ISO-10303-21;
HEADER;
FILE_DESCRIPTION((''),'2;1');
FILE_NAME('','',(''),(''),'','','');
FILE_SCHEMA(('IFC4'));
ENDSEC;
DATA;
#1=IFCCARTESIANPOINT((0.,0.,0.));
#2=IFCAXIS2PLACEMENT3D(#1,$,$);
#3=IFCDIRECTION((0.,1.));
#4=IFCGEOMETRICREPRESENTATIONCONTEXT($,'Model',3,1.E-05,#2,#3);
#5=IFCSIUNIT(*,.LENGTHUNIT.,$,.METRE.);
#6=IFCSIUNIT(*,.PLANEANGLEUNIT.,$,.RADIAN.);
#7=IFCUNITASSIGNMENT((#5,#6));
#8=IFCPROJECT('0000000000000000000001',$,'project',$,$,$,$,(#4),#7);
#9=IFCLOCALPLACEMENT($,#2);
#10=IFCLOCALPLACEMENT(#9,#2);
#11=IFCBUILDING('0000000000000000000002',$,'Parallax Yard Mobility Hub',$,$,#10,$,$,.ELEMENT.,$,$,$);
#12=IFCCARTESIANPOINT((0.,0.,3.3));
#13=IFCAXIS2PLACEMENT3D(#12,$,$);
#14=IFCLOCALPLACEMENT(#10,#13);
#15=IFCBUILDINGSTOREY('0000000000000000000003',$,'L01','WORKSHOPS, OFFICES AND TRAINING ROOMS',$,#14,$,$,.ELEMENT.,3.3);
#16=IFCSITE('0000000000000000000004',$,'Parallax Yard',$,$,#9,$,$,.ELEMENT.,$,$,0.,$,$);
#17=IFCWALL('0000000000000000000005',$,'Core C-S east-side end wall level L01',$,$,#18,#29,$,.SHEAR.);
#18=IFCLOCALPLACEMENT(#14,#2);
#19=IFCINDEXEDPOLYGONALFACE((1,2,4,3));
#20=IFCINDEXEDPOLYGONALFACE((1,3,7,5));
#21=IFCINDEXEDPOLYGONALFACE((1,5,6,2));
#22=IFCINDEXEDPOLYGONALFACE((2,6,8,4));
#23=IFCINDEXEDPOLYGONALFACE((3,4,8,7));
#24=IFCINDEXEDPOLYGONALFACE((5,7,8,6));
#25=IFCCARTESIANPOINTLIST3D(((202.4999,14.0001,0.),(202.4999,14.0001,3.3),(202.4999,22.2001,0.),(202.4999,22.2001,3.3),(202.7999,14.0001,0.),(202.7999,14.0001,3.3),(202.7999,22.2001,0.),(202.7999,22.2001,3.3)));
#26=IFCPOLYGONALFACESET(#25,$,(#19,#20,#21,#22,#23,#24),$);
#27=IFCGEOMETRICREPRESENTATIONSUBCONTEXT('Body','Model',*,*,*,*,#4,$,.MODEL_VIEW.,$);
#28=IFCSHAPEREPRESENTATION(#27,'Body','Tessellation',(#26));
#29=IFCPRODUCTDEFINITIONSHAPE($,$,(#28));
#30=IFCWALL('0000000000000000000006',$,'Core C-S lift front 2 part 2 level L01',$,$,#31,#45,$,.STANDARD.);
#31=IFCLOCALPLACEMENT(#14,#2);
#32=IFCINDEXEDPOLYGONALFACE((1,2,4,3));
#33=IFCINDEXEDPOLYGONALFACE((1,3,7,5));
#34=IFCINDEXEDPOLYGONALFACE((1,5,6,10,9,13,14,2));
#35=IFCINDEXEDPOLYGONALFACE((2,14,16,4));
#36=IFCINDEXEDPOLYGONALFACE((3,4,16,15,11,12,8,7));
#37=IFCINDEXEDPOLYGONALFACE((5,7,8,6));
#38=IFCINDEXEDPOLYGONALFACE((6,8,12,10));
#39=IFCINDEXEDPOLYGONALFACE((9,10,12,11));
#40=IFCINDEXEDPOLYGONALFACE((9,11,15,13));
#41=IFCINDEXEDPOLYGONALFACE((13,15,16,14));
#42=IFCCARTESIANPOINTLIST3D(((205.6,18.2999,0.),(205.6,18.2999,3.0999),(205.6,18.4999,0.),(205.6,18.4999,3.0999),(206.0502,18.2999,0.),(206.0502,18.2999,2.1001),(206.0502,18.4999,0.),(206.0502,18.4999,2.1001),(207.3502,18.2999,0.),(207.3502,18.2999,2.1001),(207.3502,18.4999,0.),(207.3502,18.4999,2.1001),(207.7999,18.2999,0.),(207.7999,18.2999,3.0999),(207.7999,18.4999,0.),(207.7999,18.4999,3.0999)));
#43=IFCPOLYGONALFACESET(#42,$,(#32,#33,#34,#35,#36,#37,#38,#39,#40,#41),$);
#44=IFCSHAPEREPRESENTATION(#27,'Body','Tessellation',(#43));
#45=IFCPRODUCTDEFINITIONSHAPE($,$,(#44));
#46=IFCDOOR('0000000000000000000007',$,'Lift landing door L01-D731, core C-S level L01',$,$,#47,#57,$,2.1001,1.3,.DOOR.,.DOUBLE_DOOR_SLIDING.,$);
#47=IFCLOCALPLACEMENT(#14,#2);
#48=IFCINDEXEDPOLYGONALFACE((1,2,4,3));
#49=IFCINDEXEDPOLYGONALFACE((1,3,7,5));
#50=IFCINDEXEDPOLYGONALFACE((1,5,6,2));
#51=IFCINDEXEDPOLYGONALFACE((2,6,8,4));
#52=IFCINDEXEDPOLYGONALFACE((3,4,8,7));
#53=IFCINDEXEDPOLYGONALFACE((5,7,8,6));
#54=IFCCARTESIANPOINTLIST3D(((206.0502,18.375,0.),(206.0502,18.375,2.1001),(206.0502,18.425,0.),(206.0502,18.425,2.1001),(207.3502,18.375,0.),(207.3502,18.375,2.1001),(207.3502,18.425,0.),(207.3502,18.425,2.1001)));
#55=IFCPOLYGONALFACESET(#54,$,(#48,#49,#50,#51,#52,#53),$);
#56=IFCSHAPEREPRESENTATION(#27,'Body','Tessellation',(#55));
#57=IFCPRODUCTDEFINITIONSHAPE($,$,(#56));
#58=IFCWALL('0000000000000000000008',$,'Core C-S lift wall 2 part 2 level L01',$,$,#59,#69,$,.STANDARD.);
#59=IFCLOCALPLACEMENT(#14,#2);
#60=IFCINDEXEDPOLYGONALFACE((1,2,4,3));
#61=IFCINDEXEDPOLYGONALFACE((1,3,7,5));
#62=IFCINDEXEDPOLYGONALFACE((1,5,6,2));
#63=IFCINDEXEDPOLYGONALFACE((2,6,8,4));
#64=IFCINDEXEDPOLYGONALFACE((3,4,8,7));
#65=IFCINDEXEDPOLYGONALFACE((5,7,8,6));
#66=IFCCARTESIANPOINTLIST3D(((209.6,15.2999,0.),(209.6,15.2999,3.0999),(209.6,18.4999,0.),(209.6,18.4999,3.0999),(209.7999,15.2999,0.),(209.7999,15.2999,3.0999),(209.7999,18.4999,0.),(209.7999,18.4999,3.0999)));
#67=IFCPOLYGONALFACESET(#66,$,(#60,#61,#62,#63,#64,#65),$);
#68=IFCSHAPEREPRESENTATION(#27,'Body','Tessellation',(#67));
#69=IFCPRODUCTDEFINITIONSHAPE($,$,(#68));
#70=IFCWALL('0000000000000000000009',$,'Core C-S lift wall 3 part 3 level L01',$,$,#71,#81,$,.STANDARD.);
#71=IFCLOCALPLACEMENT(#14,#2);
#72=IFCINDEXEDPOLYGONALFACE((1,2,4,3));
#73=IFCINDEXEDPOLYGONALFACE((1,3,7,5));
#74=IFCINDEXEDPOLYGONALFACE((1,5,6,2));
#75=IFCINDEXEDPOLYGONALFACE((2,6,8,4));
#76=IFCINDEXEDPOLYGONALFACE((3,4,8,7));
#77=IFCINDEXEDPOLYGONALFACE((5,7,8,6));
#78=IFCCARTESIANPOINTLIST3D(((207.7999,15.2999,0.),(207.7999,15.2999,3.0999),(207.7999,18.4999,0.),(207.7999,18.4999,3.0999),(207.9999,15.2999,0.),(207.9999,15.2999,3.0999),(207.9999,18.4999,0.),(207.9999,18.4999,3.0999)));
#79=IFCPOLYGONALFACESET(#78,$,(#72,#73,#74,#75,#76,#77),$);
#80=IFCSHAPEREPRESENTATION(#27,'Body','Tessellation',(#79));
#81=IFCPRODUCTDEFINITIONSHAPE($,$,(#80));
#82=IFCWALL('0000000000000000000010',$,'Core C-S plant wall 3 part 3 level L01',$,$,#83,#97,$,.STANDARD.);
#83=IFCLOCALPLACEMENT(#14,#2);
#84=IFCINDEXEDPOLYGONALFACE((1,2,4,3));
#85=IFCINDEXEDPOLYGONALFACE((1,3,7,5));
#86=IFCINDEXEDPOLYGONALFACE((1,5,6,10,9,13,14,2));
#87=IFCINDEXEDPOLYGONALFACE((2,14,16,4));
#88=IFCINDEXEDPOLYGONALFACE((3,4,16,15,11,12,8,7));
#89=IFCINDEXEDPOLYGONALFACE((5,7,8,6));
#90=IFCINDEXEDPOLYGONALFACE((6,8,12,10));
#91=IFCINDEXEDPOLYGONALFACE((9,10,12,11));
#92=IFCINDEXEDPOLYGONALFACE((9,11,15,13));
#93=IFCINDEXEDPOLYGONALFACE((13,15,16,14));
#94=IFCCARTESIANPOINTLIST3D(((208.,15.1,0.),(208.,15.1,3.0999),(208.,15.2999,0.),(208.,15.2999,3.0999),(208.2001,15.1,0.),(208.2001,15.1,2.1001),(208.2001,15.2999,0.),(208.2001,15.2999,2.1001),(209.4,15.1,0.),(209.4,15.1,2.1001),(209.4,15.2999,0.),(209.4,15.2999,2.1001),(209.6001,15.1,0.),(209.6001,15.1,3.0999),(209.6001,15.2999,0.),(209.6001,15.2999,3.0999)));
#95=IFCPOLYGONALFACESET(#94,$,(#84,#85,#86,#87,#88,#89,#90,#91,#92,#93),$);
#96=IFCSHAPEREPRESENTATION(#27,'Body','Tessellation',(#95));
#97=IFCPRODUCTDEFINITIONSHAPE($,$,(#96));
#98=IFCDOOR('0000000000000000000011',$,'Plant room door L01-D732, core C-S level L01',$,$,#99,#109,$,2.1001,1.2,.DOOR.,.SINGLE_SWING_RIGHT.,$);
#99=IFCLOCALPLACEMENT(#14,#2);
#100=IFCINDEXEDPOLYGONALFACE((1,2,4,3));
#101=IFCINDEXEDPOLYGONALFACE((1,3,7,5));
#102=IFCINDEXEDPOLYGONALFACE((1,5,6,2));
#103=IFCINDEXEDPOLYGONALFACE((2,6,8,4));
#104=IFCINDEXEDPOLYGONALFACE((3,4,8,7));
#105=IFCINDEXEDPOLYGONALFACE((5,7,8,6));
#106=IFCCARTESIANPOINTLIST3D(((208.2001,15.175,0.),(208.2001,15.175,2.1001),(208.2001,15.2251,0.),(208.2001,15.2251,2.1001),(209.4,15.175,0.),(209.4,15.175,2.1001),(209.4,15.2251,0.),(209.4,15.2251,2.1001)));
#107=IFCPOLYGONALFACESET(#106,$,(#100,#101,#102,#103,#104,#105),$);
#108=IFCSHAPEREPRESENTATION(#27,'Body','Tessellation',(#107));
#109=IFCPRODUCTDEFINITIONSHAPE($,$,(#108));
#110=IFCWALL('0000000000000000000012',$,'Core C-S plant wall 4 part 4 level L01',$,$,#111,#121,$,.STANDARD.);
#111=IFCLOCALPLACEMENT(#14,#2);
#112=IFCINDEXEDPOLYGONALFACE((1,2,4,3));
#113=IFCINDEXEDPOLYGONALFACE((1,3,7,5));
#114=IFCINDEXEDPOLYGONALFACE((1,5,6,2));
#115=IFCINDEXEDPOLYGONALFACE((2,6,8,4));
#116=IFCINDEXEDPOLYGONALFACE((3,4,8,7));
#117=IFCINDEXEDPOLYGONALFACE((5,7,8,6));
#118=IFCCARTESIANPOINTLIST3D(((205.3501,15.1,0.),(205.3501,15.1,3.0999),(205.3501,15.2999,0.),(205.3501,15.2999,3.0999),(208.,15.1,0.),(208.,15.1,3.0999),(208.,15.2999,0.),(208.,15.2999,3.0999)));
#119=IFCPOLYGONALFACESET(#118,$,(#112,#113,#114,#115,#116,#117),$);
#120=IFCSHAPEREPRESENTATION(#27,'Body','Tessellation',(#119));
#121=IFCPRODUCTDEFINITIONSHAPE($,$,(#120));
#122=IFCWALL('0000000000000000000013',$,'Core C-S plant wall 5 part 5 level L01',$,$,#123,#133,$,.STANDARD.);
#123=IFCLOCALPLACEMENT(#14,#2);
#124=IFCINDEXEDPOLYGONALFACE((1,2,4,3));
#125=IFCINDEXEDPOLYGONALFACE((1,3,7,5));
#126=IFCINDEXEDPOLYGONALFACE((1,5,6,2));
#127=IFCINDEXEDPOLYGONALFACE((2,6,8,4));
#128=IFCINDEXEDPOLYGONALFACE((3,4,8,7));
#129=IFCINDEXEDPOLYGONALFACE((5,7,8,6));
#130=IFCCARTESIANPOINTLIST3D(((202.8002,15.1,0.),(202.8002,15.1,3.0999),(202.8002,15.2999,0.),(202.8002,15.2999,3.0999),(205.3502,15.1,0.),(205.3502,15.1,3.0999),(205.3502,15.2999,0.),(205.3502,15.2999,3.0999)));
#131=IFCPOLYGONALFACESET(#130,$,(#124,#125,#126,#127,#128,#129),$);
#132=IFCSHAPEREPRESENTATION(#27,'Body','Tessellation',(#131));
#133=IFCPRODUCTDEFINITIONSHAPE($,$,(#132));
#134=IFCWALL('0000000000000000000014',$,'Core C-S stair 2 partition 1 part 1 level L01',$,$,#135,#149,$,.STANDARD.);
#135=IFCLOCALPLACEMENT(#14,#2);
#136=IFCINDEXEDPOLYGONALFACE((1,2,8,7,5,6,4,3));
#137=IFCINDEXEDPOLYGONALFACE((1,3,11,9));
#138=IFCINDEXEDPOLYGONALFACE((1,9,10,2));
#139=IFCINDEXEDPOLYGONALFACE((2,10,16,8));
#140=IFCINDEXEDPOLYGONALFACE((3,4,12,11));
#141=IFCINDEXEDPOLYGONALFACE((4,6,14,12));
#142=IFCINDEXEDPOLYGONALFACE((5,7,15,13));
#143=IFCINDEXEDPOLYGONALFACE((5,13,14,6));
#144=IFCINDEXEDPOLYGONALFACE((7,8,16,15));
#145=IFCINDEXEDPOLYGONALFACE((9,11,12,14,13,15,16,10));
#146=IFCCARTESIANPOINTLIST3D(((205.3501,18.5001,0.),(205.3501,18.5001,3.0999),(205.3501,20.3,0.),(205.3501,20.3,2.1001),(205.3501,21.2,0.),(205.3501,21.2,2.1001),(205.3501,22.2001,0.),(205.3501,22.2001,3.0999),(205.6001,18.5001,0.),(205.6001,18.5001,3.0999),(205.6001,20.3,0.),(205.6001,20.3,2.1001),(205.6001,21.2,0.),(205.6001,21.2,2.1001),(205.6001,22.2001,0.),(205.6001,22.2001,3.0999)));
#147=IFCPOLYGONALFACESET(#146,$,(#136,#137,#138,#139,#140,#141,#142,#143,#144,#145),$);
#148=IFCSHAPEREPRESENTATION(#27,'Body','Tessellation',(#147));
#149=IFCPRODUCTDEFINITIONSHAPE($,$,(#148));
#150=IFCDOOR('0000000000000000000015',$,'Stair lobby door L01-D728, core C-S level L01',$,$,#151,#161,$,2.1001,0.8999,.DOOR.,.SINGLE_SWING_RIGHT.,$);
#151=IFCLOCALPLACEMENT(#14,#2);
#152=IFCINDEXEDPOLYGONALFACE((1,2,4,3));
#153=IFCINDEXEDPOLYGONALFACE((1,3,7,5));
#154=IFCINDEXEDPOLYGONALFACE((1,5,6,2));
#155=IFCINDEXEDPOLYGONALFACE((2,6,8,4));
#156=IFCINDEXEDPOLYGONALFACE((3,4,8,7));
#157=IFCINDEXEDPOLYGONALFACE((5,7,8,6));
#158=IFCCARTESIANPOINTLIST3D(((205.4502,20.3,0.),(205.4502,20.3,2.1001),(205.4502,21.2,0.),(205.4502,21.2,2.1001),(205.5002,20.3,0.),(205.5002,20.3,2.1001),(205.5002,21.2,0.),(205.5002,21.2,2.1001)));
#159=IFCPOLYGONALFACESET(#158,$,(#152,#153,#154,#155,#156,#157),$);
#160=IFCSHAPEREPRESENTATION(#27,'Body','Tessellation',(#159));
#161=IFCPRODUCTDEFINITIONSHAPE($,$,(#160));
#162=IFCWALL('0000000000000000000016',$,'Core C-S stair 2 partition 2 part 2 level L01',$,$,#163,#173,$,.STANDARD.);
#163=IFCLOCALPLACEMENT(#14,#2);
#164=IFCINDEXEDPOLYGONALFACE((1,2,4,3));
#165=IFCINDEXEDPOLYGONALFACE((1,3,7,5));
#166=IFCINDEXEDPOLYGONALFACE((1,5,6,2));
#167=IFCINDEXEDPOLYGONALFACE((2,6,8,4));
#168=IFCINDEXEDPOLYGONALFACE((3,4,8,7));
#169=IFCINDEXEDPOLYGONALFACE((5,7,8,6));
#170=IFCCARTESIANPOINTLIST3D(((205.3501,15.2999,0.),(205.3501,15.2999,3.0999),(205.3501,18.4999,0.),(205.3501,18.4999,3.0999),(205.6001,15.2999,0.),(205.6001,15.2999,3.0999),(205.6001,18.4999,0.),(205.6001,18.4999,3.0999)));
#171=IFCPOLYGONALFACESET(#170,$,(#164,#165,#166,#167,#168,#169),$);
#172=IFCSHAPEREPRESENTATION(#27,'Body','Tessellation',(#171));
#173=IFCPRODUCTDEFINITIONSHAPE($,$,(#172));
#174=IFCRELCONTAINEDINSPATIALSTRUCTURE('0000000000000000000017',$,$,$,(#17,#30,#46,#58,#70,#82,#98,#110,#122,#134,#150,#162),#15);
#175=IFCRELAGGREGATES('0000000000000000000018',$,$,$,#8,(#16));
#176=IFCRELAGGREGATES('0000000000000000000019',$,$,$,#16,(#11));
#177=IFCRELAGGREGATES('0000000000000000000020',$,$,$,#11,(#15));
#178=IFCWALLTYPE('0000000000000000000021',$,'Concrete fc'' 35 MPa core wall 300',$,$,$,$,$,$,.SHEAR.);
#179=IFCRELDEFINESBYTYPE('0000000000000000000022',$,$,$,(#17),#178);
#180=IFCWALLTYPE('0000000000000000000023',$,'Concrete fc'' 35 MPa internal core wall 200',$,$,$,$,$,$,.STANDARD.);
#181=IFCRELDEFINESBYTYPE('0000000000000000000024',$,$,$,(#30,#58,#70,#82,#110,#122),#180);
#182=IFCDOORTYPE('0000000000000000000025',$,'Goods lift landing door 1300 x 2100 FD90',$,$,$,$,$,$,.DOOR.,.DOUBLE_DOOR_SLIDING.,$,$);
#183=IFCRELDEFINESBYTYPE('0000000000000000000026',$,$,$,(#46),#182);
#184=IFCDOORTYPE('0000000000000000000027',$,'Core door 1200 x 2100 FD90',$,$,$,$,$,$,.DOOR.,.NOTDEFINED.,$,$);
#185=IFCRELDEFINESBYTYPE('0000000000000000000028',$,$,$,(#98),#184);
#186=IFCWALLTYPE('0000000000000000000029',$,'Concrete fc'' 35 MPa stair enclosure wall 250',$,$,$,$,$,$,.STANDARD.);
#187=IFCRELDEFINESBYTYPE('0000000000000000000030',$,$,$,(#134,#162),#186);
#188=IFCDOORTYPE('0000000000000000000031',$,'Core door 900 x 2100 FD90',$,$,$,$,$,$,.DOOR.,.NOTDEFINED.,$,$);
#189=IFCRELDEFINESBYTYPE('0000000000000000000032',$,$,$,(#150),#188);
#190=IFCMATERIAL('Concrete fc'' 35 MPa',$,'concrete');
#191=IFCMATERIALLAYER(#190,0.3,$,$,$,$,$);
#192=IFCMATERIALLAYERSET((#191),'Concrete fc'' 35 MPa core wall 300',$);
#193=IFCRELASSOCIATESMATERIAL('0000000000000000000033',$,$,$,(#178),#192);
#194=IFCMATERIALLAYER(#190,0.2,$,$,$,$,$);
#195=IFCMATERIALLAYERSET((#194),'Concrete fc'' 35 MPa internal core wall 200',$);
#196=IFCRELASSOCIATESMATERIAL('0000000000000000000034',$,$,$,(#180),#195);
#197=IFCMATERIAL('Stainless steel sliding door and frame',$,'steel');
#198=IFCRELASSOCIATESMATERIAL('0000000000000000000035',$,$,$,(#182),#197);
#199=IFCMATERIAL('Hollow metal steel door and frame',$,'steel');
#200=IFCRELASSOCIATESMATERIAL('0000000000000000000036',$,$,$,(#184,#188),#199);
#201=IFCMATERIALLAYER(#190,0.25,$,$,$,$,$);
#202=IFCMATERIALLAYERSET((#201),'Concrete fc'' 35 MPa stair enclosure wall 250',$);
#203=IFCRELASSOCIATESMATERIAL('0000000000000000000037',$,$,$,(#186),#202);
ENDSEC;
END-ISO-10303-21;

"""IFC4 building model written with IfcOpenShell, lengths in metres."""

from ifc_helpers import new_model, si_unit, direction, frame, frame_2d, origin, place, context, subcontext, project, spatial, rectangle, extrude, material, layer, layer_set, type_object, element, fill, save


model = new_model("IFC4")

# Units and contexts
model_context = context("Model", 3, precision=1e-05, world=origin(), true_north=direction((0.0, 1.0)))
body_context = subcontext(model_context, "Body", "Model", "MODEL_VIEW")
ifc_project = project(units=[si_unit("LENGTHUNIT", "METRE"), si_unit("PLANEANGLEUNIT", "RADIAN")], contexts=[model_context])

# Site, building, storey
site_placement = place(None, origin())
site = spatial("IfcSite", under=ifc_project, at=site_placement, Name="Parallax Yard", CompositionType="ELEMENT", RefElevation=0.0)
building_placement = place(site_placement, origin())
building = spatial("IfcBuilding", under=site, at=building_placement, Name="Parallax Yard Mobility Hub", CompositionType="ELEMENT")
storey_placement = place(building_placement, frame((0.0, 0.0, 3.3)))
storey = spatial("IfcBuildingStorey", under=building, at=storey_placement, Name="L01", Description="WORKSHOPS, OFFICES AND TRAINING ROOMS", CompositionType="ELEMENT", Elevation=3.3)

# Wall
ifc_material_1 = material(Name="Concrete fc' 35 MPa", Category="concrete")
ifc_layer_1 = layer(ifc_material_1, 0.3)
ifc_layer_set_1 = layer_set([ifc_layer_1], Name="Concrete fc' 35 MPa core wall 300")
wall_type_1 = type_object("IfcWallType", Name="Concrete fc' 35 MPa core wall 300", PredefinedType="SHEAR", material=ifc_layer_set_1)
wall_1_placement = place(storey_placement, frame((202.6499, 14.0, 0.0), z_axis=(0.0, 0.0, 1.0), x_axis=(0.0, 1.0, 0.0)))
element("IfcWall", 1, at=wall_1_placement, inside=storey, type_object=wall_type_1, Name="Core C-S east-side end wall level L01", PredefinedType="SHEAR", context=body_context, shape_type="SweptSolid", body=[
    extrude(rectangle(XDim=8.2, YDim=0.3, at=frame_2d((4.1001, 0.0))), origin(), (0.0, 0.0, 1.0), 3.3),
])

# Wall, opening, door
ifc_layer_2 = layer(ifc_material_1, 0.2)
ifc_layer_set_2 = layer_set([ifc_layer_2], Name="Concrete fc' 35 MPa internal core wall 200")
wall_type_2 = type_object("IfcWallType", Name="Concrete fc' 35 MPa internal core wall 200", PredefinedType="STANDARD", material=ifc_layer_set_2)
wall_2_placement = place(storey_placement, frame((207.8, 18.3999, 0.0), z_axis=(0.0, 0.0, 1.0), x_axis=(-1.0, 0.0, 0.0)))
wall_2 = element("IfcWall", 2, at=wall_2_placement, inside=storey, type_object=wall_type_2, Name="Core C-S lift front 2 part 2 level L01", PredefinedType="STANDARD", context=body_context, shape_type="SweptSolid", body=[
    extrude(rectangle(XDim=2.2, YDim=0.2, at=frame_2d((1.1001, 0.0))), origin(), (0.0, 0.0, 1.0), 3.0999),
])
opening_1_placement = place(wall_2_placement, frame((0.45, 0.0, 0.0)))
opening_1 = element("IfcOpeningElement", 3, at=opening_1_placement, cuts=wall_2, PredefinedType="OPENING", context=body_context, shape_type="SweptSolid", body=[
    extrude(rectangle(XDim=1.3, YDim=2.1001, at=frame_2d((0.6499, 1.05))), frame((0.0, 0.1099, 0.0), z_axis=(0.0, -1.0, 0.0), x_axis=(1.0, 0.0, 0.0)), (0.0, 0.0, 1.0), 0.22),
])
ifc_material_2 = material(Name="Stainless steel sliding door and frame", Category="steel")
door_type_1 = type_object("IfcDoorType", Name="Goods lift landing door 1300 x 2100 FD90", OperationType="DOUBLE_DOOR_SLIDING", PredefinedType="DOOR", material=ifc_material_2)
door_1_placement = place(opening_1_placement, origin())
door_1 = element("IfcDoor", 4, at=door_1_placement, inside=storey, type_object=door_type_1, Name="Lift landing door L01-D731, core C-S level L01", OperationType="DOUBLE_DOOR_SLIDING", OverallHeight=2.1001, OverallWidth=1.3, PredefinedType="DOOR", context=body_context, shape_type="SweptSolid", body=[
    extrude(rectangle(XDim=1.3, YDim=2.1001, at=frame_2d((0.6499, 1.05))), frame((0.0, 0.0249, 0.0), z_axis=(0.0, -1.0, 0.0), x_axis=(1.0, 0.0, 0.0)), (0.0, 0.0, 1.0), 0.05),
])
fill(opening_1, door_1)

# Walls
for number, where, z_axis, x_axis, name in (
    (5, (209.7, 18.5, 0.0), (0.0, 0.0, 1.0), (0.0, -1.0, 0.0), "Core C-S lift wall 2 part 2 level L01"),
    (6, (207.8999, 18.5, 0.0), (0.0, 0.0, 1.0), (0.0, -1.0, 0.0), "Core C-S lift wall 3 part 3 level L01"),
):
    element("IfcWall", number, at=place(storey_placement, frame(where, z_axis=z_axis, x_axis=x_axis)), inside=storey, type_object=wall_type_2, Name=name, PredefinedType="STANDARD", context=body_context, shape_type="SweptSolid", body=[
        extrude(rectangle(XDim=3.2, YDim=0.2, at=frame_2d((1.6001, 0.0))), origin(), (0.0, 0.0, 1.0), 3.0999),
    ])

# Wall, opening, door
wall_3_placement = place(storey_placement, frame((209.6001, 15.2, 0.0), z_axis=(0.0, 0.0, 1.0), x_axis=(-1.0, 0.0, 0.0)))
wall_3 = element("IfcWall", 7, at=wall_3_placement, inside=storey, type_object=wall_type_2, Name="Core C-S plant wall 3 part 3 level L01", PredefinedType="STANDARD", context=body_context, shape_type="SweptSolid", body=[
    extrude(rectangle(XDim=1.6001, YDim=0.2, at=frame_2d((0.8, 0.0))), origin(), (0.0, 0.0, 1.0), 3.0999),
])
opening_2_placement = place(wall_3_placement, frame((0.2, 0.0, 0.0)))
opening_2 = element("IfcOpeningElement", 8, at=opening_2_placement, cuts=wall_3, PredefinedType="OPENING", context=body_context, shape_type="SweptSolid", body=[
    extrude(rectangle(XDim=1.2, YDim=2.1001, at=frame_2d((0.6001, 1.05))), frame((0.0, 0.1099, 0.0), z_axis=(0.0, -1.0, 0.0), x_axis=(1.0, 0.0, 0.0)), (0.0, 0.0, 1.0), 0.22),
])
ifc_material_3 = material(Name="Hollow metal steel door and frame", Category="steel")
door_type_2 = type_object("IfcDoorType", Name="Core door 1200 x 2100 FD90", OperationType="NOTDEFINED", PredefinedType="DOOR", material=ifc_material_3)
door_2_placement = place(opening_2_placement, origin())
door_2 = element("IfcDoor", 9, at=door_2_placement, inside=storey, type_object=door_type_2, Name="Plant room door L01-D732, core C-S level L01", OperationType="SINGLE_SWING_RIGHT", OverallHeight=2.1001, OverallWidth=1.2, PredefinedType="DOOR", context=body_context, shape_type="SweptSolid", body=[
    extrude(rectangle(XDim=1.2, YDim=2.1001, at=frame_2d((0.6001, 1.05))), frame((0.0, 0.0249, 0.0), z_axis=(0.0, -1.0, 0.0), x_axis=(1.0, 0.0, 0.0)), (0.0, 0.0, 1.0), 0.05),
])
fill(opening_2, door_2)

# Walls
wall_4_placement = place(storey_placement, frame((208.0, 15.2, 0.0), z_axis=(0.0, 0.0, 1.0), x_axis=(-1.0, 0.0, 0.0)))
element("IfcWall", 10, at=wall_4_placement, inside=storey, type_object=wall_type_2, Name="Core C-S plant wall 4 part 4 level L01", PredefinedType="STANDARD", context=body_context, shape_type="SweptSolid", body=[
    extrude(rectangle(XDim=2.6499, YDim=0.2, at=frame_2d((1.325, 0.0))), origin(), (0.0, 0.0, 1.0), 3.0999),
])
wall_5_placement = place(storey_placement, frame((205.3501, 15.2, 0.0), z_axis=(0.0, 0.0, 1.0), x_axis=(-1.0, 0.0, 0.0)))
element("IfcWall", 11, at=wall_5_placement, inside=storey, type_object=wall_type_2, Name="Core C-S plant wall 5 part 5 level L01", PredefinedType="STANDARD", context=body_context, shape_type="SweptSolid", body=[
    extrude(rectangle(XDim=2.55, YDim=0.2, at=frame_2d((1.2749, 0.0))), origin(), (0.0, 0.0, 1.0), 3.0999),
])

# Wall, opening, door
ifc_layer_3 = layer(ifc_material_1, 0.25)
ifc_layer_set_3 = layer_set([ifc_layer_3], Name="Concrete fc' 35 MPa stair enclosure wall 250")
wall_type_3 = type_object("IfcWallType", Name="Concrete fc' 35 MPa stair enclosure wall 250", PredefinedType="STANDARD", material=ifc_layer_set_3)
wall_6_placement = place(storey_placement, frame((205.4751, 18.5, 0.0), z_axis=(0.0, 0.0, 1.0), x_axis=(0.0, 1.0, 0.0)))
wall_6 = element("IfcWall", 12, at=wall_6_placement, inside=storey, type_object=wall_type_3, Name="Core C-S stair 2 partition 1 part 1 level L01", PredefinedType="STANDARD", context=body_context, shape_type="SweptSolid", body=[
    extrude(rectangle(XDim=3.7, YDim=0.25, at=frame_2d((1.8501, 0.0))), origin(), (0.0, 0.0, 1.0), 3.0999),
])
opening_3_placement = place(wall_6_placement, frame((1.8, 0.0, 0.0)))
opening_3 = element("IfcOpeningElement", 13, at=opening_3_placement, cuts=wall_6, PredefinedType="OPENING", context=body_context, shape_type="SweptSolid", body=[
    extrude(rectangle(XDim=0.8999, YDim=2.1001, at=frame_2d((0.45, 1.05))), frame((0.0, 0.135, 0.0), z_axis=(0.0, -1.0, 0.0), x_axis=(1.0, 0.0, 0.0)), (0.0, 0.0, 1.0), 0.27),
])
door_type_3 = type_object("IfcDoorType", Name="Core door 900 x 2100 FD90", OperationType="NOTDEFINED", PredefinedType="DOOR", material=ifc_material_3)
door_3_placement = place(opening_3_placement, origin())
door_3 = element("IfcDoor", 14, at=door_3_placement, inside=storey, type_object=door_type_3, Name="Stair lobby door L01-D728, core C-S level L01", OperationType="SINGLE_SWING_RIGHT", OverallHeight=2.1001, OverallWidth=0.8999, PredefinedType="DOOR", context=body_context, shape_type="SweptSolid", body=[
    extrude(rectangle(XDim=0.8999, YDim=2.1001, at=frame_2d((0.45, 1.05))), frame((0.0, 0.0249, 0.0), z_axis=(0.0, -1.0, 0.0), x_axis=(1.0, 0.0, 0.0)), (0.0, 0.0, 1.0), 0.05),
])
fill(opening_3, door_3)

# Wall
wall_7_placement = place(storey_placement, frame((205.4751, 18.5, 0.0), z_axis=(0.0, 0.0, 1.0), x_axis=(0.0, -1.0, 0.0)))
element("IfcWall", 15, at=wall_7_placement, inside=storey, type_object=wall_type_3, Name="Core C-S stair 2 partition 2 part 2 level L01", PredefinedType="STANDARD", context=body_context, shape_type="SweptSolid", body=[
    extrude(rectangle(XDim=3.2, YDim=0.25, at=frame_2d((1.6001, 0.0))), origin(), (0.0, 0.0, 1.0), 3.0999),
])

save(model, "model.ifc")
